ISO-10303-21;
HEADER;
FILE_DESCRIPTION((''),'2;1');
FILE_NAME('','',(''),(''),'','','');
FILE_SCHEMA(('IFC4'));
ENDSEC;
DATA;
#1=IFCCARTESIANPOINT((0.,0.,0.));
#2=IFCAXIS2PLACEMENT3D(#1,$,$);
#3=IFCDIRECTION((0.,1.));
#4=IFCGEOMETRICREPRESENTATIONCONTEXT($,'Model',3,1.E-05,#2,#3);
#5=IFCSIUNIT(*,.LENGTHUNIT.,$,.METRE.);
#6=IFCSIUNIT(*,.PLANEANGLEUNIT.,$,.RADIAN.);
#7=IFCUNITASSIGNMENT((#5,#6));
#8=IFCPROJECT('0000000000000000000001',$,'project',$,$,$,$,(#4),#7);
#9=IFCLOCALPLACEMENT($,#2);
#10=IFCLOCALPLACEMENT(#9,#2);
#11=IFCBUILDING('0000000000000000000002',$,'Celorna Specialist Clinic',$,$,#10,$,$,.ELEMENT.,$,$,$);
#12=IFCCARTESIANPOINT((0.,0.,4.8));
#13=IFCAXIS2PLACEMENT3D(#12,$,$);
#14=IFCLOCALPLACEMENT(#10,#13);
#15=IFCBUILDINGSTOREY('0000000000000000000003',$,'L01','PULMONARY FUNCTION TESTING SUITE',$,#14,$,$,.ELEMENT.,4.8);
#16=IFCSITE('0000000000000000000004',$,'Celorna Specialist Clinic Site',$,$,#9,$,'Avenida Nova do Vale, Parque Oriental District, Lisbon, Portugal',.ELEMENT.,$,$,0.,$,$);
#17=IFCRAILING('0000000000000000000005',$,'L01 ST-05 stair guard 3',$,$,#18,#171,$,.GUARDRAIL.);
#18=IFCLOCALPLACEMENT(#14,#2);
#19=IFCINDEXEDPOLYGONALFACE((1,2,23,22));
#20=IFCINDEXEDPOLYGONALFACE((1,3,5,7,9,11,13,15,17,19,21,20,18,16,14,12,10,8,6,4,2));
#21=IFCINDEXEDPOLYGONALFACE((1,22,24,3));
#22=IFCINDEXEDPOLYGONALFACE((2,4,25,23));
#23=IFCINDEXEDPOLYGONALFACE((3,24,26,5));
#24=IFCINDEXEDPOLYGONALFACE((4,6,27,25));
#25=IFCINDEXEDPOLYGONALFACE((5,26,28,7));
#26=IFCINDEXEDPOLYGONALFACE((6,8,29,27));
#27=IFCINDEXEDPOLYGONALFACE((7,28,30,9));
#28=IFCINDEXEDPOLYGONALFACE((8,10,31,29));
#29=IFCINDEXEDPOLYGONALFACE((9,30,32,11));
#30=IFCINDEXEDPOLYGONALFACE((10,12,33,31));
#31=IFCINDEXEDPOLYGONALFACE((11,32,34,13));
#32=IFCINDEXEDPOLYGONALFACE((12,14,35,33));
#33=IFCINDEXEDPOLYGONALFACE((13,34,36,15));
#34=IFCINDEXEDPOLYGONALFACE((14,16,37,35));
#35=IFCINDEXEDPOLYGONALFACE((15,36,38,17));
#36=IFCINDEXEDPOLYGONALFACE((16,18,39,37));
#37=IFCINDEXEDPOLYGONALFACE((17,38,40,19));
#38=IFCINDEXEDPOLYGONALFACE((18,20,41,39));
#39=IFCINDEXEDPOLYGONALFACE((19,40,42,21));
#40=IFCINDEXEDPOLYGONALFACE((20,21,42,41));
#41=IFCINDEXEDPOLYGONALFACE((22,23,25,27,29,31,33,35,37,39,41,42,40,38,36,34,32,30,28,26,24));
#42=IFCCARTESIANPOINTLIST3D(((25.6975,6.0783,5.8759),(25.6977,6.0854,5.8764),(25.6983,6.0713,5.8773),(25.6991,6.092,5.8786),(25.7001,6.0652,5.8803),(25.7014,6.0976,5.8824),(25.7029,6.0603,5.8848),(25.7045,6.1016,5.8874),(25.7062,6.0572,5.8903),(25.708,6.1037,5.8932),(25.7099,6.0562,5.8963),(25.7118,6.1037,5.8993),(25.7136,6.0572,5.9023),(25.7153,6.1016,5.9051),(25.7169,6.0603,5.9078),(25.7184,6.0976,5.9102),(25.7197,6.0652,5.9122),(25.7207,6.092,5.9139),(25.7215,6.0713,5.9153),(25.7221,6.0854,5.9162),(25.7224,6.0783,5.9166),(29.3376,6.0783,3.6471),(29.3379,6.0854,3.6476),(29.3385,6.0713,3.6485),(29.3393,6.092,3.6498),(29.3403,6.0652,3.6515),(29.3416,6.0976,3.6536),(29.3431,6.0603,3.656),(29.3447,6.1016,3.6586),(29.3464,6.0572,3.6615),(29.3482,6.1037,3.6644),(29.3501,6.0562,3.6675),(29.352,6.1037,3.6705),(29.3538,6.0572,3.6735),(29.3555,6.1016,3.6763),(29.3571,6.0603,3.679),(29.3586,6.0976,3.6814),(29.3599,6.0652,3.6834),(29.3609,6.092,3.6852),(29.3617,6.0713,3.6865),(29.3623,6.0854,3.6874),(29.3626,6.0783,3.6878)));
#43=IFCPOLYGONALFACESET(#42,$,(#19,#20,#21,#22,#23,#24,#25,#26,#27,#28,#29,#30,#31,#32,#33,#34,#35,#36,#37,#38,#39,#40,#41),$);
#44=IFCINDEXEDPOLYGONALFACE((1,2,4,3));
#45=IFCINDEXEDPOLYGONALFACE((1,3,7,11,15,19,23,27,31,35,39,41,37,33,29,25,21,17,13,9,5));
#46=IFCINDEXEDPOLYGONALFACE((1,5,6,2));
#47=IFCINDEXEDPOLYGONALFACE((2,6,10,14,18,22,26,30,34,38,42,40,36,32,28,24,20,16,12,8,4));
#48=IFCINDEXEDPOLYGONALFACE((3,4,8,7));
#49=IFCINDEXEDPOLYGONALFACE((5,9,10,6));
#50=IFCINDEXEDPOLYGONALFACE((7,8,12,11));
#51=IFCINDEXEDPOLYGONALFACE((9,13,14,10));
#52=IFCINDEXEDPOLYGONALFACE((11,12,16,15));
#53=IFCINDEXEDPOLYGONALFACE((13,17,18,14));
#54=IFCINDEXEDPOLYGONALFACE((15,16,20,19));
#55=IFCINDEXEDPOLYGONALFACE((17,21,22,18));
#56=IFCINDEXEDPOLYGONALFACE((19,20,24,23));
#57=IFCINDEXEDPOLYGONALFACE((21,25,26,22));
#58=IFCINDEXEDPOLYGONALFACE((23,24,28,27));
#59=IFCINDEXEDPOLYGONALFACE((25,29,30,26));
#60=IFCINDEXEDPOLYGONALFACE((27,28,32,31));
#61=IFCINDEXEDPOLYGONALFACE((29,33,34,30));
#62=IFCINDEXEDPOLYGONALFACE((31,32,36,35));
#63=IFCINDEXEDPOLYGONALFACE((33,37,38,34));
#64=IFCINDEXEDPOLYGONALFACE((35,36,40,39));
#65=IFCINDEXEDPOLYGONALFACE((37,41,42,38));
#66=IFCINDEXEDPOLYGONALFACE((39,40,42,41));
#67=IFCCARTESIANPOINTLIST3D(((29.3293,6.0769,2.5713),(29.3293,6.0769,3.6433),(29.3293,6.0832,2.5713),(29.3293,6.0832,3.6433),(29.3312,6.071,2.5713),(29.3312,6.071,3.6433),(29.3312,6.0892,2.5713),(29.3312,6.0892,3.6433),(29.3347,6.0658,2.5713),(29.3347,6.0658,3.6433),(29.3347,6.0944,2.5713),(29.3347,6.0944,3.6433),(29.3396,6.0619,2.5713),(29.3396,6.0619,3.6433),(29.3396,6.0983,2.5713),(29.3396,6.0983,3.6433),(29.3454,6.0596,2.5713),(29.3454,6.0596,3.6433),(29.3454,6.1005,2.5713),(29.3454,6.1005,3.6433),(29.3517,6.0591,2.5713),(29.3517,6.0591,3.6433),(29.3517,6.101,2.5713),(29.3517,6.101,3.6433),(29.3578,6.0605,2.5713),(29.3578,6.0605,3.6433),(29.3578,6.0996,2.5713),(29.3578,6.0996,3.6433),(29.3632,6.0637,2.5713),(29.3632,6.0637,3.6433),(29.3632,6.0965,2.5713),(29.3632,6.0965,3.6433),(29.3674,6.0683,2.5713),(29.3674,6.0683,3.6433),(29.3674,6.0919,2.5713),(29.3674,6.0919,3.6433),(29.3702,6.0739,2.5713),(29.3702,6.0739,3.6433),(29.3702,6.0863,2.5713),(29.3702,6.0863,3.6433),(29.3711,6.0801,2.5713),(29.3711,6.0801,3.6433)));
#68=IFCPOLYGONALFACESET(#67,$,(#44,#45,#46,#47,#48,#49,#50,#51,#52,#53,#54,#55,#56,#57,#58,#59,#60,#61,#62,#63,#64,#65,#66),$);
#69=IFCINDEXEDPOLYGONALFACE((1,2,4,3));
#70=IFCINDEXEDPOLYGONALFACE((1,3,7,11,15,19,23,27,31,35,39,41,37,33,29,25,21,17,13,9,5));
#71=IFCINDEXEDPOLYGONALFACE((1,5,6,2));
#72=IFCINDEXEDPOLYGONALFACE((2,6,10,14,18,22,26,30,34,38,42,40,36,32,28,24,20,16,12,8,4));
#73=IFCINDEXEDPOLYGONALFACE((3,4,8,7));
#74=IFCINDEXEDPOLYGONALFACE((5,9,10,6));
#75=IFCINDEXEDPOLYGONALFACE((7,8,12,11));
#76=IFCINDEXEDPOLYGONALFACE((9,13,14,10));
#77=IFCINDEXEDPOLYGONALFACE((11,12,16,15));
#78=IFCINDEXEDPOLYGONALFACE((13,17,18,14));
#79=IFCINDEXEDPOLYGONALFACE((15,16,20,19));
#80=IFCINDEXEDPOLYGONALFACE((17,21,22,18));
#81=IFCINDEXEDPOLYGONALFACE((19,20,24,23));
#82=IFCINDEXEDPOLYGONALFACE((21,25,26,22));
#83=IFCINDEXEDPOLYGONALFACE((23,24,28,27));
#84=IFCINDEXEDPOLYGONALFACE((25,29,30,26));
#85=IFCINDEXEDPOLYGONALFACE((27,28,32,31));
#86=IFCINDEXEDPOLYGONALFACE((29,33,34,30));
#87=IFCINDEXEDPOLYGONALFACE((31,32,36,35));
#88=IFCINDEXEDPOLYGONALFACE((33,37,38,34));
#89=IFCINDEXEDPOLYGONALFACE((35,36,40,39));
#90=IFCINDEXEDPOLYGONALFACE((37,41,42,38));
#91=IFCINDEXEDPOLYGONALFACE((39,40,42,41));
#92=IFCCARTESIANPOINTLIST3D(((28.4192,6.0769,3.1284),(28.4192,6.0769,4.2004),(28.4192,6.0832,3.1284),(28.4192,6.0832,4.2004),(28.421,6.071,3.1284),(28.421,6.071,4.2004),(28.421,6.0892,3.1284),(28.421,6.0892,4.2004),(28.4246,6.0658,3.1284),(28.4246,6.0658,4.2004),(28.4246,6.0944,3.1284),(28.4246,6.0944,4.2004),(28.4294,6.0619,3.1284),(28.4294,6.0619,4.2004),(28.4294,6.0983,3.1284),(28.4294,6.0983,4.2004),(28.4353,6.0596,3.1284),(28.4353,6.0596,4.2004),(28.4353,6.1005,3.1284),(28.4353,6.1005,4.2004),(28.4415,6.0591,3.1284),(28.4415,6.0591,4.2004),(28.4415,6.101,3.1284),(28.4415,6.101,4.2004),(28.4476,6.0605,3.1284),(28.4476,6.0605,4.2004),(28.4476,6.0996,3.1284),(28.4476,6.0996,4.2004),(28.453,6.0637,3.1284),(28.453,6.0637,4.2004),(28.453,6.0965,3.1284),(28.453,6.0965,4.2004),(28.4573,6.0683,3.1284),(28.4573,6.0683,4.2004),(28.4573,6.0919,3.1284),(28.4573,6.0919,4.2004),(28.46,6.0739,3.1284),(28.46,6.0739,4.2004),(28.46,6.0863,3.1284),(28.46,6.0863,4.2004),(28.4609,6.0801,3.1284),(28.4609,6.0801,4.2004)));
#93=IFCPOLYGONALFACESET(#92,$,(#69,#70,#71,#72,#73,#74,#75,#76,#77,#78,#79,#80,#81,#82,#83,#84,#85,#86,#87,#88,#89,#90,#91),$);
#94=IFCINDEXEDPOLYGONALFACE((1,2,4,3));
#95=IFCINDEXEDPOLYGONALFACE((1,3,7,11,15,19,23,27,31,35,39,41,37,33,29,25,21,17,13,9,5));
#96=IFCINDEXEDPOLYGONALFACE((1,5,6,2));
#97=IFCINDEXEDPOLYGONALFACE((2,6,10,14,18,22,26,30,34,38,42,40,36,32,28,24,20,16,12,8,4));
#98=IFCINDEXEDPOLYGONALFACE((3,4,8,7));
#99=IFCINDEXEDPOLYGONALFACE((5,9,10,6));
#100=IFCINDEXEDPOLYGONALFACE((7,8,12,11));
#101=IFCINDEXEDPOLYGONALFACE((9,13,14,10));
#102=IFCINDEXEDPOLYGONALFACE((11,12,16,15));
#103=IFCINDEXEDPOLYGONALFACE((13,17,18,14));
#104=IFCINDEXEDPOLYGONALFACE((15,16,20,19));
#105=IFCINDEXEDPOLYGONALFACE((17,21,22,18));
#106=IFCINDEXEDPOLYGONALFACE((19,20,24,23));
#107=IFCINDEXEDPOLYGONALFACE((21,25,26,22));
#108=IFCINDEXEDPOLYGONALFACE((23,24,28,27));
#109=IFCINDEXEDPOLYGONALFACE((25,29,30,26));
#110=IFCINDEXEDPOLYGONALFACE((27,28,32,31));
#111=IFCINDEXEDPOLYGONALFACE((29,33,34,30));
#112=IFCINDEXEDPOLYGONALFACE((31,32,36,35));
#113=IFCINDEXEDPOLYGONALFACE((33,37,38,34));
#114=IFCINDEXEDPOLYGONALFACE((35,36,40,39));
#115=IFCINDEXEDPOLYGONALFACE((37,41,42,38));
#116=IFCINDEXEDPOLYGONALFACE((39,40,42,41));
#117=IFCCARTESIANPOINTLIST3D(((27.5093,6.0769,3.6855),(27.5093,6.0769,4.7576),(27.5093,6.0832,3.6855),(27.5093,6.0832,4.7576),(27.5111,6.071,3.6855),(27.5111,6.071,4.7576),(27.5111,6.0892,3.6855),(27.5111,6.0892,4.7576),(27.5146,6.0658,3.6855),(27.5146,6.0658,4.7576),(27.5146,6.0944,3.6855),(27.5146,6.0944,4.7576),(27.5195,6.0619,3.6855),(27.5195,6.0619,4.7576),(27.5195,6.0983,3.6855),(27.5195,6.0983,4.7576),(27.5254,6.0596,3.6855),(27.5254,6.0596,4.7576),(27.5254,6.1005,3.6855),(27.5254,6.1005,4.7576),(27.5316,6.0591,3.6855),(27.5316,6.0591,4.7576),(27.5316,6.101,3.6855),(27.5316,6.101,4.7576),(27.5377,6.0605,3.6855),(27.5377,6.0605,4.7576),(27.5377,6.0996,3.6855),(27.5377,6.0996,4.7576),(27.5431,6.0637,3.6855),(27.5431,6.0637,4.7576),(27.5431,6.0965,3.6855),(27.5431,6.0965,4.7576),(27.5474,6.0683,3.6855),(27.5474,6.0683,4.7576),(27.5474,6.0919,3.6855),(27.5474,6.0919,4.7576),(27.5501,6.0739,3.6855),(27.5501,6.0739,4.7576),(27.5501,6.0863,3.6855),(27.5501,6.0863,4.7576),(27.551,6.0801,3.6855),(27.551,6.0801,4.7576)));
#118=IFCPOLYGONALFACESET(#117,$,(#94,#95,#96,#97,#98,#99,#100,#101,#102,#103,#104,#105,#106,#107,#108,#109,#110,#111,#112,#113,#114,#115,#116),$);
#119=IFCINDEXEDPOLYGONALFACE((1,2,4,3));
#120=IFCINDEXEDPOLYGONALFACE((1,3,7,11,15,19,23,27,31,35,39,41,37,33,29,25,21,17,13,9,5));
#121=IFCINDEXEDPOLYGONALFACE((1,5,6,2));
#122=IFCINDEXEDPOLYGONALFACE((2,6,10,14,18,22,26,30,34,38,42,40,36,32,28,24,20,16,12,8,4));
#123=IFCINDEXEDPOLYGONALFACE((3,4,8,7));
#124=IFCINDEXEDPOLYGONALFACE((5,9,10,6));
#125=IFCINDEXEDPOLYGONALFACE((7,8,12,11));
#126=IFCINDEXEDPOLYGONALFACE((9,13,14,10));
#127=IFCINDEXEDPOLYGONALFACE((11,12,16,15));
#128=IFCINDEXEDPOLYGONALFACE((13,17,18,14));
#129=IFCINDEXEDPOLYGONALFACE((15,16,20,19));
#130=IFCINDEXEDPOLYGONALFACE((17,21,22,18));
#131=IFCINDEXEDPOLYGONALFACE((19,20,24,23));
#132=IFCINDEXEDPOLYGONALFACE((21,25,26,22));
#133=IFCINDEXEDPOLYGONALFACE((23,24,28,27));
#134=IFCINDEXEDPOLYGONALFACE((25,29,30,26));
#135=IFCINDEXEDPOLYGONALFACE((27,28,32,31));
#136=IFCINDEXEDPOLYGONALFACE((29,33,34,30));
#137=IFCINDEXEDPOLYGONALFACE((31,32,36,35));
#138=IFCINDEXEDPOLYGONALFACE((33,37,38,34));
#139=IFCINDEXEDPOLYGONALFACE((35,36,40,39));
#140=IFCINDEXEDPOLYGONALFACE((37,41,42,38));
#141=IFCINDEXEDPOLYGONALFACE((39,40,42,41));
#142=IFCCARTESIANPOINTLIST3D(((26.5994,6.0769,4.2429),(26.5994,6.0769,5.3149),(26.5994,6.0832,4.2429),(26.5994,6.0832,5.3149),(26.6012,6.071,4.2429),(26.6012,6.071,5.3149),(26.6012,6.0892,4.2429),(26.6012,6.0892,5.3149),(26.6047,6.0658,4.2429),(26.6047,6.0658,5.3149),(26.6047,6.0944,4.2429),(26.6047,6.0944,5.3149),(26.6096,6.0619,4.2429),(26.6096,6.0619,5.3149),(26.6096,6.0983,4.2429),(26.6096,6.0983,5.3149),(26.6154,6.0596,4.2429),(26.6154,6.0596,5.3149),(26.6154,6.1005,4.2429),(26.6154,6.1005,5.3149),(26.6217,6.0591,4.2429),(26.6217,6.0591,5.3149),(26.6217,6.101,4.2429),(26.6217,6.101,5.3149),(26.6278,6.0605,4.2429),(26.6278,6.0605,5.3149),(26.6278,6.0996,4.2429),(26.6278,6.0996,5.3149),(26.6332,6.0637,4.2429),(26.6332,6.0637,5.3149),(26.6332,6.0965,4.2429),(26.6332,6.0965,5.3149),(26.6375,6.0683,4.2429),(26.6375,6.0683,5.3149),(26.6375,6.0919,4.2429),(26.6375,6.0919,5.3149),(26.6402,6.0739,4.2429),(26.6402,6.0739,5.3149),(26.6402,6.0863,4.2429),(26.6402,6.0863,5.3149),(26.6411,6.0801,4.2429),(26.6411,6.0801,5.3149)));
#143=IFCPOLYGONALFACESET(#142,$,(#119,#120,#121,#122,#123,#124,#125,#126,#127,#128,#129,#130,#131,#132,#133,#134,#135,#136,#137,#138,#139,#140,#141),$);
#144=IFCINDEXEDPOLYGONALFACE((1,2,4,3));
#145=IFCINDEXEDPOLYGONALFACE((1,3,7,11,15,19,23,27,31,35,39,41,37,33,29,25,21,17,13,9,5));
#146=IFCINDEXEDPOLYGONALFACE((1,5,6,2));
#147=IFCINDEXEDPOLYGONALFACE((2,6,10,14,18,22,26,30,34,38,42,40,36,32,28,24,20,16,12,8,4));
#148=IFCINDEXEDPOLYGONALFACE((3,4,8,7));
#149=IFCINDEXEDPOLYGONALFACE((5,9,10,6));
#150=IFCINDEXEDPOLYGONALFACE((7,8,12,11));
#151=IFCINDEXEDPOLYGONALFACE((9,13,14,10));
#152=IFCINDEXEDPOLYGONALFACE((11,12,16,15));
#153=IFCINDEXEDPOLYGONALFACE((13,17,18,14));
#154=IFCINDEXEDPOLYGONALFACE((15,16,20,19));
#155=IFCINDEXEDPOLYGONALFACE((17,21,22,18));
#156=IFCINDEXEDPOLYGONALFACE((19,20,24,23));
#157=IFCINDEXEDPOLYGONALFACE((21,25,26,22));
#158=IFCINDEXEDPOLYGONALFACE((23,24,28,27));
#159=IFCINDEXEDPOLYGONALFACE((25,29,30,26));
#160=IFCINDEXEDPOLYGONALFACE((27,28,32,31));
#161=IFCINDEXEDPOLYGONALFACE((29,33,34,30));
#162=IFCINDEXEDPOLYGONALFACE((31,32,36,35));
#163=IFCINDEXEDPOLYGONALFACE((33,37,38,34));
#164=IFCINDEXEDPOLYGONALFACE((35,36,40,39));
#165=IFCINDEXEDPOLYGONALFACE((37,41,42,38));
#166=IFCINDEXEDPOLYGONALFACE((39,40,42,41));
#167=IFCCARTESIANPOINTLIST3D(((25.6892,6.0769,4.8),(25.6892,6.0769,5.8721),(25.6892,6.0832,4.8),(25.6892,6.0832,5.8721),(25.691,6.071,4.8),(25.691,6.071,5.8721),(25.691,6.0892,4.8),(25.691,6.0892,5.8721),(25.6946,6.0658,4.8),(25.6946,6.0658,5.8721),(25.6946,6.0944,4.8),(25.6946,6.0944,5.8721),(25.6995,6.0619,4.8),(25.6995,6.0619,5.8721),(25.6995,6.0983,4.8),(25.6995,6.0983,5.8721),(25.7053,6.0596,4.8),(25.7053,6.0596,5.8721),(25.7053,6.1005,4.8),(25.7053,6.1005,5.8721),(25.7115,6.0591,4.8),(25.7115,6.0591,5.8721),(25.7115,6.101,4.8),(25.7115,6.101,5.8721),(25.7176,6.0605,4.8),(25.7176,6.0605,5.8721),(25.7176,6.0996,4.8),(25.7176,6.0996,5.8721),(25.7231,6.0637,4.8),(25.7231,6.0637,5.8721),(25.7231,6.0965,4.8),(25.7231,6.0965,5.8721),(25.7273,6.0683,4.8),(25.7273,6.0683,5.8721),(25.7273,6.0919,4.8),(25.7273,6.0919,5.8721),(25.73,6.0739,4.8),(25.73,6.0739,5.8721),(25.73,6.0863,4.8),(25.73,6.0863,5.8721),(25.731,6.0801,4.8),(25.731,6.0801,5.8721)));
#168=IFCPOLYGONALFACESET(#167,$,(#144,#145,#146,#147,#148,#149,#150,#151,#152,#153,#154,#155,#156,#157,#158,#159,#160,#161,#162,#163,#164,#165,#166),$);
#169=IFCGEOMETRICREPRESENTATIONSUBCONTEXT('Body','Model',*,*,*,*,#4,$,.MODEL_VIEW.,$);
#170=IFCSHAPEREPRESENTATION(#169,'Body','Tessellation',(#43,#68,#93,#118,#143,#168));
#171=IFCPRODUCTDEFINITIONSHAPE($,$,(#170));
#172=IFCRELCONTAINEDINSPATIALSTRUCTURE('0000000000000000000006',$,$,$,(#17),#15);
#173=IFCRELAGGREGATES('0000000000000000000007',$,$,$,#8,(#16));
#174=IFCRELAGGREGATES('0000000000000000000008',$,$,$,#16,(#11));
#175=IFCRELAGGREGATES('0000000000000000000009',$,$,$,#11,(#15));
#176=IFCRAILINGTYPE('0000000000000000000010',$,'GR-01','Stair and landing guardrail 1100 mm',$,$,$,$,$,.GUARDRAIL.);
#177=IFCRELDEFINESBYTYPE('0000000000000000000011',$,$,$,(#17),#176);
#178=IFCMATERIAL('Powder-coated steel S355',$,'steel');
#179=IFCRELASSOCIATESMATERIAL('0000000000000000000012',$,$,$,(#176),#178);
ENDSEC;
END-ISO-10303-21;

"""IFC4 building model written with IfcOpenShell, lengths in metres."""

from ifc_helpers import new_model, si_unit, direction, frame, origin, origin_2d, place, context, subcontext, project, spatial, circle, extrude, material, type_object, element, save


model = new_model("IFC4")

# Units and contexts
model_context = context("Model", 3, precision=1e-05, world=origin(), true_north=direction((0.0, 1.0)))
body_context = subcontext(model_context, "Body", "Model", "MODEL_VIEW")
ifc_project = project(units=[si_unit("LENGTHUNIT", "METRE"), si_unit("PLANEANGLEUNIT", "RADIAN")], contexts=[model_context])

# Site, building, storey
site_placement = place(None, origin())
site = spatial("IfcSite", under=ifc_project, at=site_placement, Name="Celorna Specialist Clinic Site", LongName="Avenida Nova do Vale, Parque Oriental District, Lisbon, Portugal", CompositionType="ELEMENT", RefElevation=0.0)
building_placement = place(site_placement, origin())
building = spatial("IfcBuilding", under=site, at=building_placement, Name="Celorna Specialist Clinic", CompositionType="ELEMENT")
storey_placement = place(building_placement, frame((0.0, 0.0, 4.8)))
storey = spatial("IfcBuildingStorey", under=building, at=storey_placement, Name="L01", Description="PULMONARY FUNCTION TESTING SUITE", CompositionType="ELEMENT", Elevation=4.8)

# Railing
ifc_material_1 = material(Name="Powder-coated steel S355", Category="steel")
railing_type_1 = type_object("IfcRailingType", Name="GR-01", Description="Stair and landing guardrail 1100 mm", PredefinedType="GUARDRAIL", material=ifc_material_1)
railing_1_placement = place(storey_placement, frame((29.3501, 6.0801, 2.5713)))
element("IfcRailing", 1, at=railing_1_placement, inside=storey, type_object=railing_type_1, Name="L01 ST-05 stair guard 3", PredefinedType="GUARDRAIL", context=body_context, shape_type="SweptSolid", body=[
    extrude(circle(Radius=0.0239, at=origin_2d()), frame((0.0, 0.0, 1.0962), z_axis=(-0.85284, 0.0, 0.522172), x_axis=(0.0, -1.0, 0.0)), (0.0, 0.0, 1.0), 4.2683),
    extrude(circle(Radius=0.021, at=origin_2d()), origin(), (0.0, 0.0, 1.0), 1.072),
    extrude(circle(Radius=0.021, at=origin_2d()), frame((-0.9102, 0.0, 0.5571)), (0.0, 0.0, 1.0), 1.072),
    extrude(circle(Radius=0.021, at=origin_2d()), frame((-1.8201, 0.0, 1.1143)), (0.0, 0.0, 1.0), 1.072),
    extrude(circle(Radius=0.021, at=origin_2d()), frame((-2.73, 0.0, 1.6716)), (0.0, 0.0, 1.0), 1.072),
    extrude(circle(Radius=0.021, at=origin_2d()), frame((-3.6401, 0.0, 2.2288)), (0.0, 0.0, 1.0), 1.072),
])

save(model, "model.ifc")
